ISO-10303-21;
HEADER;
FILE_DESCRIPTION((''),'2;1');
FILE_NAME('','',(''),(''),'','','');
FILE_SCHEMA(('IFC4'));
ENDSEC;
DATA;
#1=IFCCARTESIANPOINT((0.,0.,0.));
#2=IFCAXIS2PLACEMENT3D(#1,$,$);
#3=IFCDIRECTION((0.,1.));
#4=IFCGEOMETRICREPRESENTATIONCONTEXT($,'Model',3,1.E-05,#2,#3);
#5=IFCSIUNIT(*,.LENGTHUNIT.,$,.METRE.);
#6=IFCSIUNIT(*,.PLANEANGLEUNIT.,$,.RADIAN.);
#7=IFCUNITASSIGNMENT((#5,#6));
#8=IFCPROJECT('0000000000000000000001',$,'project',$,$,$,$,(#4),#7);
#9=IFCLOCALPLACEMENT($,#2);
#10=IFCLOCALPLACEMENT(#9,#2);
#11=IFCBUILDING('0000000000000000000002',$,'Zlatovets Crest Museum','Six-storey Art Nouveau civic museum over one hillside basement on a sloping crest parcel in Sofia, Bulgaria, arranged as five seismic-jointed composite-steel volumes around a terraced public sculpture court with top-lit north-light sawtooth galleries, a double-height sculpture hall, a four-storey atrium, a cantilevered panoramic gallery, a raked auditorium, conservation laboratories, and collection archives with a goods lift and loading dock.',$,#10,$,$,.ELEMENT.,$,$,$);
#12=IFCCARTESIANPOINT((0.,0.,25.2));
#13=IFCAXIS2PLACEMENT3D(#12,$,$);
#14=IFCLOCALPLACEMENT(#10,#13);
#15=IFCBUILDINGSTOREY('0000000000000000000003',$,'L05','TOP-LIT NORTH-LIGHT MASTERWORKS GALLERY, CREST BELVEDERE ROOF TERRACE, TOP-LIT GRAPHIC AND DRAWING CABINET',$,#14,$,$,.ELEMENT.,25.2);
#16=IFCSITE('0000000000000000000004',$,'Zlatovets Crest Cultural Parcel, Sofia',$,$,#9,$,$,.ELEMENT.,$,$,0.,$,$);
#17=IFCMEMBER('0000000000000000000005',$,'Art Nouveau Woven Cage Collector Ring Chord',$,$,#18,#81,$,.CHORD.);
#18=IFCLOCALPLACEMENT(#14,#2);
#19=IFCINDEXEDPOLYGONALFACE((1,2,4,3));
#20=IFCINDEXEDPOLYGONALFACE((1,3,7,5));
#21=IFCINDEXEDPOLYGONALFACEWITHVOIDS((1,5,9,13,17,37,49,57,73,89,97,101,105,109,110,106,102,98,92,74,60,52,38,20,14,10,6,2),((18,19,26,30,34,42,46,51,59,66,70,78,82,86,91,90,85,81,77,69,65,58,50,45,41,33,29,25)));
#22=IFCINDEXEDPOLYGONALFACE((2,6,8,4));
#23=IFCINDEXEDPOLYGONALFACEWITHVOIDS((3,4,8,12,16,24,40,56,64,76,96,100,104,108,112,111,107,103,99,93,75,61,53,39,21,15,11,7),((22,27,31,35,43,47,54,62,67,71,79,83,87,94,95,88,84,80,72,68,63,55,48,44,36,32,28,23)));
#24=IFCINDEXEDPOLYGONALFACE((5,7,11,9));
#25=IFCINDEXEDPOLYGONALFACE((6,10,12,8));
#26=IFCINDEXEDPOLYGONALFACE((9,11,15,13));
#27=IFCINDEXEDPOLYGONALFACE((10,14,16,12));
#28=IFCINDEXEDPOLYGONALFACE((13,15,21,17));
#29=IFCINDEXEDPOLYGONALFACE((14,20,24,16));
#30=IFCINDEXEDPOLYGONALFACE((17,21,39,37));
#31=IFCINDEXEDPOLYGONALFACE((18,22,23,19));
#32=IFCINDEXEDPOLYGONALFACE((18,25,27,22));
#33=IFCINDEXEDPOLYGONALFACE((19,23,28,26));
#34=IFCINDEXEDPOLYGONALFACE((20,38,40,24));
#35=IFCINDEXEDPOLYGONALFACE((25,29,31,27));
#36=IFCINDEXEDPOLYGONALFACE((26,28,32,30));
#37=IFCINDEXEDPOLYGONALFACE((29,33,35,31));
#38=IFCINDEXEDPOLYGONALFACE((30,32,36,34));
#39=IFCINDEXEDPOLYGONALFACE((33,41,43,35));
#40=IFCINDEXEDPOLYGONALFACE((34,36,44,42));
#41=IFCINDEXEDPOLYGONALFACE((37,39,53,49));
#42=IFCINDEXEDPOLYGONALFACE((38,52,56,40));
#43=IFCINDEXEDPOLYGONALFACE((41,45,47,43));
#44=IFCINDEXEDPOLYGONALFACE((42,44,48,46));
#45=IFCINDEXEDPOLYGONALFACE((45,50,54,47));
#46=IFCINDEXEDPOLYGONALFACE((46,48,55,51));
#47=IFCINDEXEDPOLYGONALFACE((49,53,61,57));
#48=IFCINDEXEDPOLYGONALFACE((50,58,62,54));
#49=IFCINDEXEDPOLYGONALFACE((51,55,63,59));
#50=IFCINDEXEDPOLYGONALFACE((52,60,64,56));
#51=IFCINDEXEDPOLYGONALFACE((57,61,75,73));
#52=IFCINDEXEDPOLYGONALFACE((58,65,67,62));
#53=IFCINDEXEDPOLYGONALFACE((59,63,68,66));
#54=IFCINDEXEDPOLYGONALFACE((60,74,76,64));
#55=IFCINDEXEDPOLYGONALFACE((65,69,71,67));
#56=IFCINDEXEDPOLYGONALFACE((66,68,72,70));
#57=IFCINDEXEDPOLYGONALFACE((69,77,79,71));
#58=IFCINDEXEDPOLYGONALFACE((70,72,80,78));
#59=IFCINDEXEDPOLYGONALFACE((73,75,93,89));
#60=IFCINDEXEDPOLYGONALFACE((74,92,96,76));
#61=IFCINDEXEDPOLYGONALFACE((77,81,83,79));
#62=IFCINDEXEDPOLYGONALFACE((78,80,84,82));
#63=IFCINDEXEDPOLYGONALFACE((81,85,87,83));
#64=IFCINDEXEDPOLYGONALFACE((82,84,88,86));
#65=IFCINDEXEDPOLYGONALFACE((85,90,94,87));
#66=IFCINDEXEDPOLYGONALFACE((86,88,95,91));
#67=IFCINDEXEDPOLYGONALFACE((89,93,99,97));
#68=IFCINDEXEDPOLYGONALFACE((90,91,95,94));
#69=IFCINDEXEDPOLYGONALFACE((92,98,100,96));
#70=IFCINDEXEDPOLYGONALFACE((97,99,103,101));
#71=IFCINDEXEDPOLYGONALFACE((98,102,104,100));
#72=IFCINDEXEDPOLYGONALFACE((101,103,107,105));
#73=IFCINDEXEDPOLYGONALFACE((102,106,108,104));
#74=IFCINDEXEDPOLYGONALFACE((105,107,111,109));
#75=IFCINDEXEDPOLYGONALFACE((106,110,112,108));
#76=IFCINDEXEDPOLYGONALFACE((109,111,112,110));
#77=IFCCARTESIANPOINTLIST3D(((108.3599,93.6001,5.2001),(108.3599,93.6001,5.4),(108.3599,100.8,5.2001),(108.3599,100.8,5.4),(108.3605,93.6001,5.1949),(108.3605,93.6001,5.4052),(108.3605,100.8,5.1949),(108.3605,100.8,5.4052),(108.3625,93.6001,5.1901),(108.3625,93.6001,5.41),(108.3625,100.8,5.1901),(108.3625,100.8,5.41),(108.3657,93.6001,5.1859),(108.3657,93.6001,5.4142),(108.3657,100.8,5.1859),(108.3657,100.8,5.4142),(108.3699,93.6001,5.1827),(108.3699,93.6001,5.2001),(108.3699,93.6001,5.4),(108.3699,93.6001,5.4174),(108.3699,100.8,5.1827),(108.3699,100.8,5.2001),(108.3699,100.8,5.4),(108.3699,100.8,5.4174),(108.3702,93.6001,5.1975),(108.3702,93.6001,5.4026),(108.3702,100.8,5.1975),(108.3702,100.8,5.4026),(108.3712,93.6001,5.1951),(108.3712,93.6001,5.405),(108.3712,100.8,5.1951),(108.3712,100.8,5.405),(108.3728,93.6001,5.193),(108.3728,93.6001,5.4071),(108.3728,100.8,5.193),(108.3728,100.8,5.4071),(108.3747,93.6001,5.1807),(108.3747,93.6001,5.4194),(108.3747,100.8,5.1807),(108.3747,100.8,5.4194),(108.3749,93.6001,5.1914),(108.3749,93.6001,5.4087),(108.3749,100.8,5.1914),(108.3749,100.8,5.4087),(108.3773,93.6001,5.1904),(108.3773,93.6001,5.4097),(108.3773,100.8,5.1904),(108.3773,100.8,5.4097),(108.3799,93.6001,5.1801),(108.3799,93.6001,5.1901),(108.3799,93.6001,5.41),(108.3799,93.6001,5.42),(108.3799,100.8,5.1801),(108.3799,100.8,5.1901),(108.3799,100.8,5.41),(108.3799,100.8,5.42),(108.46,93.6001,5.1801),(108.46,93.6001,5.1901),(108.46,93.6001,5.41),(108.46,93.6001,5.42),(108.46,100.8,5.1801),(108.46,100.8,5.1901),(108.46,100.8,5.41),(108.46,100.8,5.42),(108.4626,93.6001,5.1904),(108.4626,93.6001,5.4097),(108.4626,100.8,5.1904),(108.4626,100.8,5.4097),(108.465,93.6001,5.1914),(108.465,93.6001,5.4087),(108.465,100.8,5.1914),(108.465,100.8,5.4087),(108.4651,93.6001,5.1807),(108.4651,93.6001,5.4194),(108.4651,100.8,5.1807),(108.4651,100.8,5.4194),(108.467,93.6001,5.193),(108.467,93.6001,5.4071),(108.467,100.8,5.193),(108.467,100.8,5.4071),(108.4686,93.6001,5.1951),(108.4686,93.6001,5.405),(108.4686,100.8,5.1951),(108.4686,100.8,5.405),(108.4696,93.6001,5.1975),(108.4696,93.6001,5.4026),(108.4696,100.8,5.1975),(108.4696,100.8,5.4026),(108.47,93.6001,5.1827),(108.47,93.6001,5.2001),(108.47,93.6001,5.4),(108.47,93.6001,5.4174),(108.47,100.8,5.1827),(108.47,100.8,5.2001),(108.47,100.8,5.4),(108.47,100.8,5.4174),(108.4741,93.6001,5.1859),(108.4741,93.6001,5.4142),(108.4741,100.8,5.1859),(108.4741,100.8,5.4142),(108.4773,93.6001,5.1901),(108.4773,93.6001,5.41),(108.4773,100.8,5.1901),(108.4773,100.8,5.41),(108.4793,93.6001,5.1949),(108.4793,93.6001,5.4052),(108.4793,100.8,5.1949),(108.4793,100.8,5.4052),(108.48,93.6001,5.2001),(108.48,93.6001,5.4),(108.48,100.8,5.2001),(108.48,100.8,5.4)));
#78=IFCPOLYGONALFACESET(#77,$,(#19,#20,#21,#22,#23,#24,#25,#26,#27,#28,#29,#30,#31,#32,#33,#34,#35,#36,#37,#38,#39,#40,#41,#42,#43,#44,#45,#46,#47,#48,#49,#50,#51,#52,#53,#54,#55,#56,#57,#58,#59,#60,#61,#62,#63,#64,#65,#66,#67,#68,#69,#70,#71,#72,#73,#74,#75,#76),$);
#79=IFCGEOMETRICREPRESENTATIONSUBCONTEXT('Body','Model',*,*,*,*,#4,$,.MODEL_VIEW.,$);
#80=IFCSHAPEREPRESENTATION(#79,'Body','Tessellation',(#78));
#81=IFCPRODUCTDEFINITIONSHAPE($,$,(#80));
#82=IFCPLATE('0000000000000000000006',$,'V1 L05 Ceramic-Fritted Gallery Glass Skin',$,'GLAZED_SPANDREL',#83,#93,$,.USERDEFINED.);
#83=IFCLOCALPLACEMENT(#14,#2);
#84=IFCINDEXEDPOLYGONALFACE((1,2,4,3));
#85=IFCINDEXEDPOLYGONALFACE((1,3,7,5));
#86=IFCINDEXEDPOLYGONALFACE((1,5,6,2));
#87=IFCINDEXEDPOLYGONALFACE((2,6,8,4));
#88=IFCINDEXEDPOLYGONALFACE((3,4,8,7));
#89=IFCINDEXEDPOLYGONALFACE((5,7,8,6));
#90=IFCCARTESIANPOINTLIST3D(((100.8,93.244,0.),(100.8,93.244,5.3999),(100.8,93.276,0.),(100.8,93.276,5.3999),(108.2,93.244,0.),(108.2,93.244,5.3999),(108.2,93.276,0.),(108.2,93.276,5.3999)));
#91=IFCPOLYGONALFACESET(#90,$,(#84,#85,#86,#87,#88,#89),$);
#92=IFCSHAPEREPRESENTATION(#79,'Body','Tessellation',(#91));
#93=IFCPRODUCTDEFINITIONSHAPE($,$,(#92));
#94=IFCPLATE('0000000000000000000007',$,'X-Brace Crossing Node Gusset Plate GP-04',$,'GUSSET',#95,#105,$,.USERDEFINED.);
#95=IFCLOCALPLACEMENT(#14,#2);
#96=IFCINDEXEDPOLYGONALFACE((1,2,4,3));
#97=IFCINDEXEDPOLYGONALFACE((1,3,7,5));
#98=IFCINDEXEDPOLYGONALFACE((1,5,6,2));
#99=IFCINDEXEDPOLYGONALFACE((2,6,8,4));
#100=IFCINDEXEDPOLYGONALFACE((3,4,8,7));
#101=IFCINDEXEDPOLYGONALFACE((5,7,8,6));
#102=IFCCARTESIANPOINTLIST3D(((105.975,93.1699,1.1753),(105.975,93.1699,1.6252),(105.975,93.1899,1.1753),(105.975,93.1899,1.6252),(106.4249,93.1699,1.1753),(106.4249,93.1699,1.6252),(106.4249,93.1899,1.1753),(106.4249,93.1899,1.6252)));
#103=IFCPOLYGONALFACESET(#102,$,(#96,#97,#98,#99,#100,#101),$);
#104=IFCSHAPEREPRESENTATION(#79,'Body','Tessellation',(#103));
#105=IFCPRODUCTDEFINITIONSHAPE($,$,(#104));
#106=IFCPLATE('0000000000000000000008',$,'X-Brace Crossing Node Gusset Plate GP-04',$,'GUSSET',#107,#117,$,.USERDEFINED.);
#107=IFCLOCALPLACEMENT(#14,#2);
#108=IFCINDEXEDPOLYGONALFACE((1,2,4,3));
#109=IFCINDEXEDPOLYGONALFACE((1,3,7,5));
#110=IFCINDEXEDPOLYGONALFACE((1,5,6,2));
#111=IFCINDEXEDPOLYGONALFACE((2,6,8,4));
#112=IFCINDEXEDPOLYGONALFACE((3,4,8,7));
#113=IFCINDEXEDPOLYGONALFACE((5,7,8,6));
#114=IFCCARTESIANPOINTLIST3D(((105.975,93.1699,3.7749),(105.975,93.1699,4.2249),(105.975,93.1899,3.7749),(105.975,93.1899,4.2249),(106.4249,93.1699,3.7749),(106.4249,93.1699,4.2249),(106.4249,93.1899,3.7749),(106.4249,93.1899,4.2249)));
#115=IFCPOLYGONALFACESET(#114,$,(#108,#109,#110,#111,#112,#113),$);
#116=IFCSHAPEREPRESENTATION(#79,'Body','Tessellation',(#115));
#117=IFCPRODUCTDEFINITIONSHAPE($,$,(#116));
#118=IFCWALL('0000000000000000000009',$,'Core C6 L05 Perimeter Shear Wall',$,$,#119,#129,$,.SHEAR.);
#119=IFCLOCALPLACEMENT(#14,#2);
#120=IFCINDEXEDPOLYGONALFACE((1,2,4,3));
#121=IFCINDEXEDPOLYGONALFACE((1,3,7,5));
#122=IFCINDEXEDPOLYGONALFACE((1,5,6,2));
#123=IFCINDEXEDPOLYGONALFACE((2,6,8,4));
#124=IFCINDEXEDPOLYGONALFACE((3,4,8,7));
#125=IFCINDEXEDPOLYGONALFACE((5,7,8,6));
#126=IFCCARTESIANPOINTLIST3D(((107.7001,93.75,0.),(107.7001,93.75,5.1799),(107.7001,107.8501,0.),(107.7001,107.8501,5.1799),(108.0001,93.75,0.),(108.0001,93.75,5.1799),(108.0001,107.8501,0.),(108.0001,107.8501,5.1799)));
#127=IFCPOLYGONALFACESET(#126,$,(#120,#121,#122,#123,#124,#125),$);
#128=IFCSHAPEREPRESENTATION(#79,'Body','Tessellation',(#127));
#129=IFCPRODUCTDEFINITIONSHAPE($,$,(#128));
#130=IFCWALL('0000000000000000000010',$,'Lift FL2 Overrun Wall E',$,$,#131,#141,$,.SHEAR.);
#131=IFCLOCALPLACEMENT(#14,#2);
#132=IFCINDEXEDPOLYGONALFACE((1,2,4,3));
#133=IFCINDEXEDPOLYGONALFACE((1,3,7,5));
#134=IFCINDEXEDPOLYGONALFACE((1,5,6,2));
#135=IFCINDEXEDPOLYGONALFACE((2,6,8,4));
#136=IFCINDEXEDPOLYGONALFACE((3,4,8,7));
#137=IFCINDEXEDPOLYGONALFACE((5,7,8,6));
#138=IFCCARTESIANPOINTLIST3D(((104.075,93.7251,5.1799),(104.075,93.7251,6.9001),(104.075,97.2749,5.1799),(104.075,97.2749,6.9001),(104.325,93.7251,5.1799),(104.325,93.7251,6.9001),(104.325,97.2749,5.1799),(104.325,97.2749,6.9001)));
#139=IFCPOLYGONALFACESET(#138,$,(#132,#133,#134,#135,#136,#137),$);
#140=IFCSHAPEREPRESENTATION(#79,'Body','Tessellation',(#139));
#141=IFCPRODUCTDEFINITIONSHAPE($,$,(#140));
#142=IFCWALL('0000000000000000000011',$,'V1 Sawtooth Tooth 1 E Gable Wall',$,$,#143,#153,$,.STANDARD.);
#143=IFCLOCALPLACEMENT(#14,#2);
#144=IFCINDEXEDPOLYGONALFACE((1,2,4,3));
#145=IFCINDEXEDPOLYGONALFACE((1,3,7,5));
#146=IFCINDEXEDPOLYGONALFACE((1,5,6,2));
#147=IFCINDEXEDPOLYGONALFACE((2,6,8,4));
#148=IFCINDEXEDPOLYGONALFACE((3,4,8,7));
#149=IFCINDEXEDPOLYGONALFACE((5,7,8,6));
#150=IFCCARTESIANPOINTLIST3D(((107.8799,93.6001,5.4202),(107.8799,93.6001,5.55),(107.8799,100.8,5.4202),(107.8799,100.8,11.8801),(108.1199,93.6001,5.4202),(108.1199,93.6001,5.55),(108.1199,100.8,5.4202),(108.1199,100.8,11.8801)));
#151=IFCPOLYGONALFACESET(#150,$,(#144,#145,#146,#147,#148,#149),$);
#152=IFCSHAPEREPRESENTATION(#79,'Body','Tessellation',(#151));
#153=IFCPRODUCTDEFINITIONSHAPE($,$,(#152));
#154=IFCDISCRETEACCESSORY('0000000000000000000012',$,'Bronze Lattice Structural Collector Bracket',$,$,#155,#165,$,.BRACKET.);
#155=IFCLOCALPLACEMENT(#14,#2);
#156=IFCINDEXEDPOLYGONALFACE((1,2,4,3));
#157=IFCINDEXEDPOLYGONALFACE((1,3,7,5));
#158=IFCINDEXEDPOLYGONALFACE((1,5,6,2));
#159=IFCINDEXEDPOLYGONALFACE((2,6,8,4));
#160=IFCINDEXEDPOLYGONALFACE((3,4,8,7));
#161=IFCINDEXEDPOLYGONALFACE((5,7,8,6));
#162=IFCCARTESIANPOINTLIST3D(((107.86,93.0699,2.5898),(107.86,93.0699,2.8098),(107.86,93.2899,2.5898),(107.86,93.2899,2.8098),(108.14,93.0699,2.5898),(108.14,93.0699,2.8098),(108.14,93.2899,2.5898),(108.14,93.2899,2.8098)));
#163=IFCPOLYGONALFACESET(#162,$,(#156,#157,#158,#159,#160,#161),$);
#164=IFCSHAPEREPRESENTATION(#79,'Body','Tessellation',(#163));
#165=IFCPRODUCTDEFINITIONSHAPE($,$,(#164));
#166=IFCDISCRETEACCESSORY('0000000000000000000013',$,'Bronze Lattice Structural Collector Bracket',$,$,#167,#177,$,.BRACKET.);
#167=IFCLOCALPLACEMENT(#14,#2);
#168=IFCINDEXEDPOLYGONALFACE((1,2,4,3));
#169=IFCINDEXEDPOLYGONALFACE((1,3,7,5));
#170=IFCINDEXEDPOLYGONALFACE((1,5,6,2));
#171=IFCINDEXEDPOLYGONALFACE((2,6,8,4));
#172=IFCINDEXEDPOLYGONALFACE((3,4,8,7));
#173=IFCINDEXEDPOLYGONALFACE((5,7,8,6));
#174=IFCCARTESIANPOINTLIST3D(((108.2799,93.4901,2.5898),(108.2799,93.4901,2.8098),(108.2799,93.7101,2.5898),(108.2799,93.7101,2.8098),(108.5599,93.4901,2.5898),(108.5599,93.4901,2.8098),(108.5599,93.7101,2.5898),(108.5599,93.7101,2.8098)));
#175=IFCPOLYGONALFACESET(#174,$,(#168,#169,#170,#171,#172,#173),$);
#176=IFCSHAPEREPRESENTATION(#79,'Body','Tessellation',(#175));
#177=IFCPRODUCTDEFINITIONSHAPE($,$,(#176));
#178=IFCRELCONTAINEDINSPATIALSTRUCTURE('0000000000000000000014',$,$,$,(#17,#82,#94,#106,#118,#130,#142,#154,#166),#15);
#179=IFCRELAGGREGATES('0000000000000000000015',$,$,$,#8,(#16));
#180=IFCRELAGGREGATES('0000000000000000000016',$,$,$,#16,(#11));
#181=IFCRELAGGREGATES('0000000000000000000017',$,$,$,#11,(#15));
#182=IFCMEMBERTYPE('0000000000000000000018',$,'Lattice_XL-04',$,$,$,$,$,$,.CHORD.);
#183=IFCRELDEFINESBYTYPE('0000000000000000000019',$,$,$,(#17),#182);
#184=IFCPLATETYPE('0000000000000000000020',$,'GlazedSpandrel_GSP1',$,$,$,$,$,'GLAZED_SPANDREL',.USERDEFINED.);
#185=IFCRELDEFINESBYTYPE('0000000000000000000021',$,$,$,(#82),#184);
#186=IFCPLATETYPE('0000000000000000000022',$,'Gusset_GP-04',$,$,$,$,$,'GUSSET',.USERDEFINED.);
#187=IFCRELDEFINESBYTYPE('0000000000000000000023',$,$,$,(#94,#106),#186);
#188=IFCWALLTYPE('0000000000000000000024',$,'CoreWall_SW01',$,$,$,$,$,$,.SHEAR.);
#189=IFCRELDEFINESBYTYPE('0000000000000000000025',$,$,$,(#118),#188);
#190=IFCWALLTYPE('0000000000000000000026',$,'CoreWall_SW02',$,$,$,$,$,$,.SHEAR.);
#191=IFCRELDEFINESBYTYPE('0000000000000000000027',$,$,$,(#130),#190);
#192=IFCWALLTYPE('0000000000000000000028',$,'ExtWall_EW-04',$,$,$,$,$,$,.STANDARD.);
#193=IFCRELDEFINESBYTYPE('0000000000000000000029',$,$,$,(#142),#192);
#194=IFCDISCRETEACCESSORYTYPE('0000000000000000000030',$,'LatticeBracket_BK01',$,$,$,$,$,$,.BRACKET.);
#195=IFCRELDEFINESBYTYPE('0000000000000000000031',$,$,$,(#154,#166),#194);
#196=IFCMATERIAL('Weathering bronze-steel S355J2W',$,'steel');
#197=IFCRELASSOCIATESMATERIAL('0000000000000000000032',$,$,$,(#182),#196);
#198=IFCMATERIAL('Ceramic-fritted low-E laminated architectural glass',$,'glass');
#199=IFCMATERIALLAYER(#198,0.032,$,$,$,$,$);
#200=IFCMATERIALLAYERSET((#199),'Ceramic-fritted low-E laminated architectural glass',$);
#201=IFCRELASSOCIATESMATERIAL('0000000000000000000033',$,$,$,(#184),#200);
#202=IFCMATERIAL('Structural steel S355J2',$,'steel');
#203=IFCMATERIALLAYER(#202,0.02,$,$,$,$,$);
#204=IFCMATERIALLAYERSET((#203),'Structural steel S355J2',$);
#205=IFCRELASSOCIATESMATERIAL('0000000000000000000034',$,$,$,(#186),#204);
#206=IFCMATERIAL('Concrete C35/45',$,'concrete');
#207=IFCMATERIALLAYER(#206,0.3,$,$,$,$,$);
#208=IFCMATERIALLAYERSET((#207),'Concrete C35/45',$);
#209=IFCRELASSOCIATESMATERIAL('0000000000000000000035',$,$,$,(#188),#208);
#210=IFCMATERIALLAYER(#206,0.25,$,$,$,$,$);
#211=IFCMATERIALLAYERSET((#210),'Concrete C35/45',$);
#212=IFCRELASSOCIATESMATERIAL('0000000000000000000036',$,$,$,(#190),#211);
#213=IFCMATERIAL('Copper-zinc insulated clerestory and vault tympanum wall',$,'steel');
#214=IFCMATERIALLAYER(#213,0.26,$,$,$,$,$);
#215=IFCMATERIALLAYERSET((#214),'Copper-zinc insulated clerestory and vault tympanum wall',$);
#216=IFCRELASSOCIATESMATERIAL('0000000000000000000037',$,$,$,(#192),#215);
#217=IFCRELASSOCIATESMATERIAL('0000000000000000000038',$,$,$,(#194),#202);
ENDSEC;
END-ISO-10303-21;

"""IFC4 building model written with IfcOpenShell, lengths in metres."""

from ifc_helpers import new_model, si_unit, direction, frame, frame_2d, origin, origin_2d, place, context, subcontext, project, spatial, polyline, rectangle, hollow_rectangle, outline, extrude, material, layer, layer_set, material_profile, profile_set, type_object, element, save


model = new_model("IFC4")

# Units and contexts
model_context = context("Model", 3, precision=1e-05, world=origin(), true_north=direction((0.0, 1.0)))
body_context = subcontext(model_context, "Body", "Model", "MODEL_VIEW")
ifc_project = project(units=[si_unit("LENGTHUNIT", "METRE"), si_unit("PLANEANGLEUNIT", "RADIAN")], contexts=[model_context])

# Site, building, storey
site_placement = place(None, origin())
site = spatial("IfcSite", under=ifc_project, at=site_placement, Name="Zlatovets Crest Cultural Parcel, Sofia", CompositionType="ELEMENT", RefElevation=0.0)
building_placement = place(site_placement, origin())
building = spatial("IfcBuilding", under=site, at=building_placement, Name="Zlatovets Crest Museum", Description="Six-storey Art Nouveau civic museum over one hillside basement on a sloping crest parcel in Sofia, Bulgaria, arranged as five seismic-jointed composite-steel volumes around a terraced public sculpture court with top-lit north-light sawtooth galleries, a double-height sculpture hall, a four-storey atrium, a cantilevered panoramic gallery, a raked auditorium, conservation laboratories, and collection archives with a goods lift and loading dock.", CompositionType="ELEMENT")
storey_placement = place(building_placement, frame((0.0, 0.0, 25.2)))
storey = spatial("IfcBuildingStorey", under=building, at=storey_placement, Name="L05", Description="TOP-LIT NORTH-LIGHT MASTERWORKS GALLERY, CREST BELVEDERE ROOF TERRACE, TOP-LIT GRAPHIC AND DRAWING CABINET", CompositionType="ELEMENT", Elevation=25.2)

# Shared definitions
ifc_material_1 = material(Name="Structural steel S355J2", Category="steel")

# Member
ifc_material_2 = material(Name="Weathering bronze-steel S355J2W", Category="steel")
ifc_material_profile_1 = material_profile(ifc_material_2, hollow_rectangle(XDim=0.1201, YDim=0.24, WallThickness=0.01, InnerFilletRadius=0.01, OuterFilletRadius=0.02, at=origin_2d()), Name="RHS 120x240x10.0")
ifc_profile_set_1 = profile_set([ifc_material_profile_1], Name="Weathering bronze-steel S355J2W")
member_type_1 = type_object("IfcMemberType", Name="Lattice_XL-04", PredefinedType="CHORD", material=ifc_profile_set_1)
member_1_placement = place(storey_placement, frame((108.4199, 93.6001, 5.3), z_axis=(0.0, 1.0, 0.0), x_axis=(-1.0, 0.0, 0.0)))
element("IfcMember", 1, at=member_1_placement, inside=storey, type_object=member_type_1, Name="Art Nouveau Woven Cage Collector Ring Chord", PredefinedType="CHORD", context=body_context, shape_type="SweptSolid", body=[
    extrude(hollow_rectangle(XDim=0.1201, YDim=0.24, WallThickness=0.01, InnerFilletRadius=0.01, OuterFilletRadius=0.02, at=origin_2d()), origin(), (0.0, 0.0, 1.0), 7.2),
])

# Plates
ifc_material_3 = material(Name="Ceramic-fritted low-E laminated architectural glass", Category="glass")
ifc_layer_1 = layer(ifc_material_3, 0.032)
ifc_layer_set_1 = layer_set([ifc_layer_1], Name="Ceramic-fritted low-E laminated architectural glass")
plate_type_1 = type_object("IfcPlateType", Name="GlazedSpandrel_GSP1", ElementType="GLAZED_SPANDREL", PredefinedType="USERDEFINED", material=ifc_layer_set_1)
plate_placement = place(storey_placement, frame((104.5, 93.26, 0.0), z_axis=(0.0, 0.0, 1.0), x_axis=(1.0, 0.0, 0.0)))
element("IfcPlate", 2, at=plate_placement, inside=storey, type_object=plate_type_1, Name="V1 L05 Ceramic-Fritted Gallery Glass Skin", ObjectType="GLAZED_SPANDREL", PredefinedType="USERDEFINED", context=body_context, shape_type="SweptSolid", body=[
    extrude(rectangle(XDim=7.3999, YDim=0.032, at=origin_2d()), origin(), (0.0, 0.0, 1.0), 5.3999),
])
ifc_layer_2 = layer(ifc_material_1, 0.02)
ifc_layer_set_2 = layer_set([ifc_layer_2], Name="Structural steel S355J2")
plate_type_2 = type_object("IfcPlateType", Name="Gusset_GP-04", ElementType="GUSSET", PredefinedType="USERDEFINED", material=ifc_layer_set_2)
for number, where, z_axis, x_axis, name in (
    (3, (106.2, 93.1799, 1.1753), (0.0, 0.0, 1.0), (1.0, 0.0, 0.0), "X-Brace Crossing Node Gusset Plate GP-04"),
    (4, (106.2, 93.1799, 3.7749), (0.0, 0.0, 1.0), (1.0, 0.0, 0.0), "X-Brace Crossing Node Gusset Plate GP-04"),
):
    element("IfcPlate", number, at=place(storey_placement, frame(where, z_axis=z_axis, x_axis=x_axis)), inside=storey, type_object=plate_type_2, Name=name, ObjectType="GUSSET", PredefinedType="USERDEFINED", context=body_context, shape_type="SweptSolid", body=[
        extrude(rectangle(XDim=0.45, YDim=0.02, at=origin_2d()), origin(), (0.0, 0.0, 1.0), 0.45),
    ])

# Walls
ifc_material_4 = material(Name="Concrete C35/45", Category="concrete")
ifc_layer_3 = layer(ifc_material_4, 0.3)
ifc_layer_set_3 = layer_set([ifc_layer_3], Name="Concrete C35/45")
wall_type_1 = type_object("IfcWallType", Name="CoreWall_SW01", PredefinedType="SHEAR", material=ifc_layer_set_3)
wall_1_placement = place(storey_placement, frame((107.8501, 93.75, 0.0), z_axis=(0.0, 0.0, 1.0), x_axis=(0.0, 1.0, 0.0)))
element("IfcWall", 5, at=wall_1_placement, inside=storey, type_object=wall_type_1, Name="Core C6 L05 Perimeter Shear Wall", PredefinedType="SHEAR", context=body_context, shape_type="SweptSolid", body=[
    extrude(rectangle(XDim=14.1001, YDim=0.3, at=frame_2d((7.05, 0.0))), origin(), (0.0, 0.0, 1.0), 5.1799),
])
ifc_layer_4 = layer(ifc_material_4, 0.25)
ifc_layer_set_4 = layer_set([ifc_layer_4], Name="Concrete C35/45")
wall_type_2 = type_object("IfcWallType", Name="CoreWall_SW02", PredefinedType="SHEAR", material=ifc_layer_set_4)
wall_2_placement = place(storey_placement, frame((104.2, 93.7251, 5.1799), z_axis=(0.0, 0.0, 1.0), x_axis=(0.0, 1.0, 0.0)))
element("IfcWall", 6, at=wall_2_placement, inside=storey, type_object=wall_type_2, Name="Lift FL2 Overrun Wall E", PredefinedType="SHEAR", context=body_context, shape_type="SweptSolid", body=[
    extrude(rectangle(XDim=3.5498, YDim=0.25, at=frame_2d((1.7749, 0.0))), origin(), (0.0, 0.0, 1.0), 1.7202),
])
ifc_material_5 = material(Name="Copper-zinc insulated clerestory and vault tympanum wall", Category="steel")
ifc_layer_5 = layer(ifc_material_5, 0.26)
ifc_layer_set_5 = layer_set([ifc_layer_5], Name="Copper-zinc insulated clerestory and vault tympanum wall")
wall_type_3 = type_object("IfcWallType", Name="ExtWall_EW-04", PredefinedType="STANDARD", material=ifc_layer_set_5)
wall_3_placement = place(storey_placement, frame((108.0, 93.6001, 5.4202), z_axis=(0.0, 0.0, 1.0), x_axis=(0.0, 1.0, 0.0)))
element("IfcWall", 7, at=wall_3_placement, inside=storey, type_object=wall_type_3, Name="V1 Sawtooth Tooth 1 E Gable Wall", PredefinedType="STANDARD", context=body_context, shape_type="SweptSolid", body=[
    extrude(outline(polyline([(0.0, 0.0), (7.2, 0.0), (7.2, 6.46), (0.0, 0.1299), (0.0, 0.0)])), frame((0.0, 0.1201, 0.0), z_axis=(0.0, -1.0, 0.0), x_axis=(1.0, 0.0, 0.0)), (0.0, 0.0, 1.0), 0.24),
])

# Discrete accessories
discrete_accessory_type = type_object("IfcDiscreteAccessoryType", Name="LatticeBracket_BK01", PredefinedType="BRACKET", material=ifc_material_1)
for number, where, z_axis, x_axis, name in (
    (8, (108.0, 93.1799, 2.5898), (0.0, 0.0, 1.0), (1.0, 0.0, 0.0), "Bronze Lattice Structural Collector Bracket"),
    (9, (108.4199, 93.6001, 2.5898), (0.0, 0.0, 1.0), (1.0, 0.0, 0.0), "Bronze Lattice Structural Collector Bracket"),
):
    element("IfcDiscreteAccessory", number, at=place(storey_placement, frame(where, z_axis=z_axis, x_axis=x_axis)), inside=storey, type_object=discrete_accessory_type, Name=name, PredefinedType="BRACKET", context=body_context, shape_type="SweptSolid", body=[
        extrude(rectangle(XDim=0.28, YDim=0.22, at=origin_2d()), origin(), (0.0, 0.0, 1.0), 0.22),
    ])

save(model, "model.ifc")
